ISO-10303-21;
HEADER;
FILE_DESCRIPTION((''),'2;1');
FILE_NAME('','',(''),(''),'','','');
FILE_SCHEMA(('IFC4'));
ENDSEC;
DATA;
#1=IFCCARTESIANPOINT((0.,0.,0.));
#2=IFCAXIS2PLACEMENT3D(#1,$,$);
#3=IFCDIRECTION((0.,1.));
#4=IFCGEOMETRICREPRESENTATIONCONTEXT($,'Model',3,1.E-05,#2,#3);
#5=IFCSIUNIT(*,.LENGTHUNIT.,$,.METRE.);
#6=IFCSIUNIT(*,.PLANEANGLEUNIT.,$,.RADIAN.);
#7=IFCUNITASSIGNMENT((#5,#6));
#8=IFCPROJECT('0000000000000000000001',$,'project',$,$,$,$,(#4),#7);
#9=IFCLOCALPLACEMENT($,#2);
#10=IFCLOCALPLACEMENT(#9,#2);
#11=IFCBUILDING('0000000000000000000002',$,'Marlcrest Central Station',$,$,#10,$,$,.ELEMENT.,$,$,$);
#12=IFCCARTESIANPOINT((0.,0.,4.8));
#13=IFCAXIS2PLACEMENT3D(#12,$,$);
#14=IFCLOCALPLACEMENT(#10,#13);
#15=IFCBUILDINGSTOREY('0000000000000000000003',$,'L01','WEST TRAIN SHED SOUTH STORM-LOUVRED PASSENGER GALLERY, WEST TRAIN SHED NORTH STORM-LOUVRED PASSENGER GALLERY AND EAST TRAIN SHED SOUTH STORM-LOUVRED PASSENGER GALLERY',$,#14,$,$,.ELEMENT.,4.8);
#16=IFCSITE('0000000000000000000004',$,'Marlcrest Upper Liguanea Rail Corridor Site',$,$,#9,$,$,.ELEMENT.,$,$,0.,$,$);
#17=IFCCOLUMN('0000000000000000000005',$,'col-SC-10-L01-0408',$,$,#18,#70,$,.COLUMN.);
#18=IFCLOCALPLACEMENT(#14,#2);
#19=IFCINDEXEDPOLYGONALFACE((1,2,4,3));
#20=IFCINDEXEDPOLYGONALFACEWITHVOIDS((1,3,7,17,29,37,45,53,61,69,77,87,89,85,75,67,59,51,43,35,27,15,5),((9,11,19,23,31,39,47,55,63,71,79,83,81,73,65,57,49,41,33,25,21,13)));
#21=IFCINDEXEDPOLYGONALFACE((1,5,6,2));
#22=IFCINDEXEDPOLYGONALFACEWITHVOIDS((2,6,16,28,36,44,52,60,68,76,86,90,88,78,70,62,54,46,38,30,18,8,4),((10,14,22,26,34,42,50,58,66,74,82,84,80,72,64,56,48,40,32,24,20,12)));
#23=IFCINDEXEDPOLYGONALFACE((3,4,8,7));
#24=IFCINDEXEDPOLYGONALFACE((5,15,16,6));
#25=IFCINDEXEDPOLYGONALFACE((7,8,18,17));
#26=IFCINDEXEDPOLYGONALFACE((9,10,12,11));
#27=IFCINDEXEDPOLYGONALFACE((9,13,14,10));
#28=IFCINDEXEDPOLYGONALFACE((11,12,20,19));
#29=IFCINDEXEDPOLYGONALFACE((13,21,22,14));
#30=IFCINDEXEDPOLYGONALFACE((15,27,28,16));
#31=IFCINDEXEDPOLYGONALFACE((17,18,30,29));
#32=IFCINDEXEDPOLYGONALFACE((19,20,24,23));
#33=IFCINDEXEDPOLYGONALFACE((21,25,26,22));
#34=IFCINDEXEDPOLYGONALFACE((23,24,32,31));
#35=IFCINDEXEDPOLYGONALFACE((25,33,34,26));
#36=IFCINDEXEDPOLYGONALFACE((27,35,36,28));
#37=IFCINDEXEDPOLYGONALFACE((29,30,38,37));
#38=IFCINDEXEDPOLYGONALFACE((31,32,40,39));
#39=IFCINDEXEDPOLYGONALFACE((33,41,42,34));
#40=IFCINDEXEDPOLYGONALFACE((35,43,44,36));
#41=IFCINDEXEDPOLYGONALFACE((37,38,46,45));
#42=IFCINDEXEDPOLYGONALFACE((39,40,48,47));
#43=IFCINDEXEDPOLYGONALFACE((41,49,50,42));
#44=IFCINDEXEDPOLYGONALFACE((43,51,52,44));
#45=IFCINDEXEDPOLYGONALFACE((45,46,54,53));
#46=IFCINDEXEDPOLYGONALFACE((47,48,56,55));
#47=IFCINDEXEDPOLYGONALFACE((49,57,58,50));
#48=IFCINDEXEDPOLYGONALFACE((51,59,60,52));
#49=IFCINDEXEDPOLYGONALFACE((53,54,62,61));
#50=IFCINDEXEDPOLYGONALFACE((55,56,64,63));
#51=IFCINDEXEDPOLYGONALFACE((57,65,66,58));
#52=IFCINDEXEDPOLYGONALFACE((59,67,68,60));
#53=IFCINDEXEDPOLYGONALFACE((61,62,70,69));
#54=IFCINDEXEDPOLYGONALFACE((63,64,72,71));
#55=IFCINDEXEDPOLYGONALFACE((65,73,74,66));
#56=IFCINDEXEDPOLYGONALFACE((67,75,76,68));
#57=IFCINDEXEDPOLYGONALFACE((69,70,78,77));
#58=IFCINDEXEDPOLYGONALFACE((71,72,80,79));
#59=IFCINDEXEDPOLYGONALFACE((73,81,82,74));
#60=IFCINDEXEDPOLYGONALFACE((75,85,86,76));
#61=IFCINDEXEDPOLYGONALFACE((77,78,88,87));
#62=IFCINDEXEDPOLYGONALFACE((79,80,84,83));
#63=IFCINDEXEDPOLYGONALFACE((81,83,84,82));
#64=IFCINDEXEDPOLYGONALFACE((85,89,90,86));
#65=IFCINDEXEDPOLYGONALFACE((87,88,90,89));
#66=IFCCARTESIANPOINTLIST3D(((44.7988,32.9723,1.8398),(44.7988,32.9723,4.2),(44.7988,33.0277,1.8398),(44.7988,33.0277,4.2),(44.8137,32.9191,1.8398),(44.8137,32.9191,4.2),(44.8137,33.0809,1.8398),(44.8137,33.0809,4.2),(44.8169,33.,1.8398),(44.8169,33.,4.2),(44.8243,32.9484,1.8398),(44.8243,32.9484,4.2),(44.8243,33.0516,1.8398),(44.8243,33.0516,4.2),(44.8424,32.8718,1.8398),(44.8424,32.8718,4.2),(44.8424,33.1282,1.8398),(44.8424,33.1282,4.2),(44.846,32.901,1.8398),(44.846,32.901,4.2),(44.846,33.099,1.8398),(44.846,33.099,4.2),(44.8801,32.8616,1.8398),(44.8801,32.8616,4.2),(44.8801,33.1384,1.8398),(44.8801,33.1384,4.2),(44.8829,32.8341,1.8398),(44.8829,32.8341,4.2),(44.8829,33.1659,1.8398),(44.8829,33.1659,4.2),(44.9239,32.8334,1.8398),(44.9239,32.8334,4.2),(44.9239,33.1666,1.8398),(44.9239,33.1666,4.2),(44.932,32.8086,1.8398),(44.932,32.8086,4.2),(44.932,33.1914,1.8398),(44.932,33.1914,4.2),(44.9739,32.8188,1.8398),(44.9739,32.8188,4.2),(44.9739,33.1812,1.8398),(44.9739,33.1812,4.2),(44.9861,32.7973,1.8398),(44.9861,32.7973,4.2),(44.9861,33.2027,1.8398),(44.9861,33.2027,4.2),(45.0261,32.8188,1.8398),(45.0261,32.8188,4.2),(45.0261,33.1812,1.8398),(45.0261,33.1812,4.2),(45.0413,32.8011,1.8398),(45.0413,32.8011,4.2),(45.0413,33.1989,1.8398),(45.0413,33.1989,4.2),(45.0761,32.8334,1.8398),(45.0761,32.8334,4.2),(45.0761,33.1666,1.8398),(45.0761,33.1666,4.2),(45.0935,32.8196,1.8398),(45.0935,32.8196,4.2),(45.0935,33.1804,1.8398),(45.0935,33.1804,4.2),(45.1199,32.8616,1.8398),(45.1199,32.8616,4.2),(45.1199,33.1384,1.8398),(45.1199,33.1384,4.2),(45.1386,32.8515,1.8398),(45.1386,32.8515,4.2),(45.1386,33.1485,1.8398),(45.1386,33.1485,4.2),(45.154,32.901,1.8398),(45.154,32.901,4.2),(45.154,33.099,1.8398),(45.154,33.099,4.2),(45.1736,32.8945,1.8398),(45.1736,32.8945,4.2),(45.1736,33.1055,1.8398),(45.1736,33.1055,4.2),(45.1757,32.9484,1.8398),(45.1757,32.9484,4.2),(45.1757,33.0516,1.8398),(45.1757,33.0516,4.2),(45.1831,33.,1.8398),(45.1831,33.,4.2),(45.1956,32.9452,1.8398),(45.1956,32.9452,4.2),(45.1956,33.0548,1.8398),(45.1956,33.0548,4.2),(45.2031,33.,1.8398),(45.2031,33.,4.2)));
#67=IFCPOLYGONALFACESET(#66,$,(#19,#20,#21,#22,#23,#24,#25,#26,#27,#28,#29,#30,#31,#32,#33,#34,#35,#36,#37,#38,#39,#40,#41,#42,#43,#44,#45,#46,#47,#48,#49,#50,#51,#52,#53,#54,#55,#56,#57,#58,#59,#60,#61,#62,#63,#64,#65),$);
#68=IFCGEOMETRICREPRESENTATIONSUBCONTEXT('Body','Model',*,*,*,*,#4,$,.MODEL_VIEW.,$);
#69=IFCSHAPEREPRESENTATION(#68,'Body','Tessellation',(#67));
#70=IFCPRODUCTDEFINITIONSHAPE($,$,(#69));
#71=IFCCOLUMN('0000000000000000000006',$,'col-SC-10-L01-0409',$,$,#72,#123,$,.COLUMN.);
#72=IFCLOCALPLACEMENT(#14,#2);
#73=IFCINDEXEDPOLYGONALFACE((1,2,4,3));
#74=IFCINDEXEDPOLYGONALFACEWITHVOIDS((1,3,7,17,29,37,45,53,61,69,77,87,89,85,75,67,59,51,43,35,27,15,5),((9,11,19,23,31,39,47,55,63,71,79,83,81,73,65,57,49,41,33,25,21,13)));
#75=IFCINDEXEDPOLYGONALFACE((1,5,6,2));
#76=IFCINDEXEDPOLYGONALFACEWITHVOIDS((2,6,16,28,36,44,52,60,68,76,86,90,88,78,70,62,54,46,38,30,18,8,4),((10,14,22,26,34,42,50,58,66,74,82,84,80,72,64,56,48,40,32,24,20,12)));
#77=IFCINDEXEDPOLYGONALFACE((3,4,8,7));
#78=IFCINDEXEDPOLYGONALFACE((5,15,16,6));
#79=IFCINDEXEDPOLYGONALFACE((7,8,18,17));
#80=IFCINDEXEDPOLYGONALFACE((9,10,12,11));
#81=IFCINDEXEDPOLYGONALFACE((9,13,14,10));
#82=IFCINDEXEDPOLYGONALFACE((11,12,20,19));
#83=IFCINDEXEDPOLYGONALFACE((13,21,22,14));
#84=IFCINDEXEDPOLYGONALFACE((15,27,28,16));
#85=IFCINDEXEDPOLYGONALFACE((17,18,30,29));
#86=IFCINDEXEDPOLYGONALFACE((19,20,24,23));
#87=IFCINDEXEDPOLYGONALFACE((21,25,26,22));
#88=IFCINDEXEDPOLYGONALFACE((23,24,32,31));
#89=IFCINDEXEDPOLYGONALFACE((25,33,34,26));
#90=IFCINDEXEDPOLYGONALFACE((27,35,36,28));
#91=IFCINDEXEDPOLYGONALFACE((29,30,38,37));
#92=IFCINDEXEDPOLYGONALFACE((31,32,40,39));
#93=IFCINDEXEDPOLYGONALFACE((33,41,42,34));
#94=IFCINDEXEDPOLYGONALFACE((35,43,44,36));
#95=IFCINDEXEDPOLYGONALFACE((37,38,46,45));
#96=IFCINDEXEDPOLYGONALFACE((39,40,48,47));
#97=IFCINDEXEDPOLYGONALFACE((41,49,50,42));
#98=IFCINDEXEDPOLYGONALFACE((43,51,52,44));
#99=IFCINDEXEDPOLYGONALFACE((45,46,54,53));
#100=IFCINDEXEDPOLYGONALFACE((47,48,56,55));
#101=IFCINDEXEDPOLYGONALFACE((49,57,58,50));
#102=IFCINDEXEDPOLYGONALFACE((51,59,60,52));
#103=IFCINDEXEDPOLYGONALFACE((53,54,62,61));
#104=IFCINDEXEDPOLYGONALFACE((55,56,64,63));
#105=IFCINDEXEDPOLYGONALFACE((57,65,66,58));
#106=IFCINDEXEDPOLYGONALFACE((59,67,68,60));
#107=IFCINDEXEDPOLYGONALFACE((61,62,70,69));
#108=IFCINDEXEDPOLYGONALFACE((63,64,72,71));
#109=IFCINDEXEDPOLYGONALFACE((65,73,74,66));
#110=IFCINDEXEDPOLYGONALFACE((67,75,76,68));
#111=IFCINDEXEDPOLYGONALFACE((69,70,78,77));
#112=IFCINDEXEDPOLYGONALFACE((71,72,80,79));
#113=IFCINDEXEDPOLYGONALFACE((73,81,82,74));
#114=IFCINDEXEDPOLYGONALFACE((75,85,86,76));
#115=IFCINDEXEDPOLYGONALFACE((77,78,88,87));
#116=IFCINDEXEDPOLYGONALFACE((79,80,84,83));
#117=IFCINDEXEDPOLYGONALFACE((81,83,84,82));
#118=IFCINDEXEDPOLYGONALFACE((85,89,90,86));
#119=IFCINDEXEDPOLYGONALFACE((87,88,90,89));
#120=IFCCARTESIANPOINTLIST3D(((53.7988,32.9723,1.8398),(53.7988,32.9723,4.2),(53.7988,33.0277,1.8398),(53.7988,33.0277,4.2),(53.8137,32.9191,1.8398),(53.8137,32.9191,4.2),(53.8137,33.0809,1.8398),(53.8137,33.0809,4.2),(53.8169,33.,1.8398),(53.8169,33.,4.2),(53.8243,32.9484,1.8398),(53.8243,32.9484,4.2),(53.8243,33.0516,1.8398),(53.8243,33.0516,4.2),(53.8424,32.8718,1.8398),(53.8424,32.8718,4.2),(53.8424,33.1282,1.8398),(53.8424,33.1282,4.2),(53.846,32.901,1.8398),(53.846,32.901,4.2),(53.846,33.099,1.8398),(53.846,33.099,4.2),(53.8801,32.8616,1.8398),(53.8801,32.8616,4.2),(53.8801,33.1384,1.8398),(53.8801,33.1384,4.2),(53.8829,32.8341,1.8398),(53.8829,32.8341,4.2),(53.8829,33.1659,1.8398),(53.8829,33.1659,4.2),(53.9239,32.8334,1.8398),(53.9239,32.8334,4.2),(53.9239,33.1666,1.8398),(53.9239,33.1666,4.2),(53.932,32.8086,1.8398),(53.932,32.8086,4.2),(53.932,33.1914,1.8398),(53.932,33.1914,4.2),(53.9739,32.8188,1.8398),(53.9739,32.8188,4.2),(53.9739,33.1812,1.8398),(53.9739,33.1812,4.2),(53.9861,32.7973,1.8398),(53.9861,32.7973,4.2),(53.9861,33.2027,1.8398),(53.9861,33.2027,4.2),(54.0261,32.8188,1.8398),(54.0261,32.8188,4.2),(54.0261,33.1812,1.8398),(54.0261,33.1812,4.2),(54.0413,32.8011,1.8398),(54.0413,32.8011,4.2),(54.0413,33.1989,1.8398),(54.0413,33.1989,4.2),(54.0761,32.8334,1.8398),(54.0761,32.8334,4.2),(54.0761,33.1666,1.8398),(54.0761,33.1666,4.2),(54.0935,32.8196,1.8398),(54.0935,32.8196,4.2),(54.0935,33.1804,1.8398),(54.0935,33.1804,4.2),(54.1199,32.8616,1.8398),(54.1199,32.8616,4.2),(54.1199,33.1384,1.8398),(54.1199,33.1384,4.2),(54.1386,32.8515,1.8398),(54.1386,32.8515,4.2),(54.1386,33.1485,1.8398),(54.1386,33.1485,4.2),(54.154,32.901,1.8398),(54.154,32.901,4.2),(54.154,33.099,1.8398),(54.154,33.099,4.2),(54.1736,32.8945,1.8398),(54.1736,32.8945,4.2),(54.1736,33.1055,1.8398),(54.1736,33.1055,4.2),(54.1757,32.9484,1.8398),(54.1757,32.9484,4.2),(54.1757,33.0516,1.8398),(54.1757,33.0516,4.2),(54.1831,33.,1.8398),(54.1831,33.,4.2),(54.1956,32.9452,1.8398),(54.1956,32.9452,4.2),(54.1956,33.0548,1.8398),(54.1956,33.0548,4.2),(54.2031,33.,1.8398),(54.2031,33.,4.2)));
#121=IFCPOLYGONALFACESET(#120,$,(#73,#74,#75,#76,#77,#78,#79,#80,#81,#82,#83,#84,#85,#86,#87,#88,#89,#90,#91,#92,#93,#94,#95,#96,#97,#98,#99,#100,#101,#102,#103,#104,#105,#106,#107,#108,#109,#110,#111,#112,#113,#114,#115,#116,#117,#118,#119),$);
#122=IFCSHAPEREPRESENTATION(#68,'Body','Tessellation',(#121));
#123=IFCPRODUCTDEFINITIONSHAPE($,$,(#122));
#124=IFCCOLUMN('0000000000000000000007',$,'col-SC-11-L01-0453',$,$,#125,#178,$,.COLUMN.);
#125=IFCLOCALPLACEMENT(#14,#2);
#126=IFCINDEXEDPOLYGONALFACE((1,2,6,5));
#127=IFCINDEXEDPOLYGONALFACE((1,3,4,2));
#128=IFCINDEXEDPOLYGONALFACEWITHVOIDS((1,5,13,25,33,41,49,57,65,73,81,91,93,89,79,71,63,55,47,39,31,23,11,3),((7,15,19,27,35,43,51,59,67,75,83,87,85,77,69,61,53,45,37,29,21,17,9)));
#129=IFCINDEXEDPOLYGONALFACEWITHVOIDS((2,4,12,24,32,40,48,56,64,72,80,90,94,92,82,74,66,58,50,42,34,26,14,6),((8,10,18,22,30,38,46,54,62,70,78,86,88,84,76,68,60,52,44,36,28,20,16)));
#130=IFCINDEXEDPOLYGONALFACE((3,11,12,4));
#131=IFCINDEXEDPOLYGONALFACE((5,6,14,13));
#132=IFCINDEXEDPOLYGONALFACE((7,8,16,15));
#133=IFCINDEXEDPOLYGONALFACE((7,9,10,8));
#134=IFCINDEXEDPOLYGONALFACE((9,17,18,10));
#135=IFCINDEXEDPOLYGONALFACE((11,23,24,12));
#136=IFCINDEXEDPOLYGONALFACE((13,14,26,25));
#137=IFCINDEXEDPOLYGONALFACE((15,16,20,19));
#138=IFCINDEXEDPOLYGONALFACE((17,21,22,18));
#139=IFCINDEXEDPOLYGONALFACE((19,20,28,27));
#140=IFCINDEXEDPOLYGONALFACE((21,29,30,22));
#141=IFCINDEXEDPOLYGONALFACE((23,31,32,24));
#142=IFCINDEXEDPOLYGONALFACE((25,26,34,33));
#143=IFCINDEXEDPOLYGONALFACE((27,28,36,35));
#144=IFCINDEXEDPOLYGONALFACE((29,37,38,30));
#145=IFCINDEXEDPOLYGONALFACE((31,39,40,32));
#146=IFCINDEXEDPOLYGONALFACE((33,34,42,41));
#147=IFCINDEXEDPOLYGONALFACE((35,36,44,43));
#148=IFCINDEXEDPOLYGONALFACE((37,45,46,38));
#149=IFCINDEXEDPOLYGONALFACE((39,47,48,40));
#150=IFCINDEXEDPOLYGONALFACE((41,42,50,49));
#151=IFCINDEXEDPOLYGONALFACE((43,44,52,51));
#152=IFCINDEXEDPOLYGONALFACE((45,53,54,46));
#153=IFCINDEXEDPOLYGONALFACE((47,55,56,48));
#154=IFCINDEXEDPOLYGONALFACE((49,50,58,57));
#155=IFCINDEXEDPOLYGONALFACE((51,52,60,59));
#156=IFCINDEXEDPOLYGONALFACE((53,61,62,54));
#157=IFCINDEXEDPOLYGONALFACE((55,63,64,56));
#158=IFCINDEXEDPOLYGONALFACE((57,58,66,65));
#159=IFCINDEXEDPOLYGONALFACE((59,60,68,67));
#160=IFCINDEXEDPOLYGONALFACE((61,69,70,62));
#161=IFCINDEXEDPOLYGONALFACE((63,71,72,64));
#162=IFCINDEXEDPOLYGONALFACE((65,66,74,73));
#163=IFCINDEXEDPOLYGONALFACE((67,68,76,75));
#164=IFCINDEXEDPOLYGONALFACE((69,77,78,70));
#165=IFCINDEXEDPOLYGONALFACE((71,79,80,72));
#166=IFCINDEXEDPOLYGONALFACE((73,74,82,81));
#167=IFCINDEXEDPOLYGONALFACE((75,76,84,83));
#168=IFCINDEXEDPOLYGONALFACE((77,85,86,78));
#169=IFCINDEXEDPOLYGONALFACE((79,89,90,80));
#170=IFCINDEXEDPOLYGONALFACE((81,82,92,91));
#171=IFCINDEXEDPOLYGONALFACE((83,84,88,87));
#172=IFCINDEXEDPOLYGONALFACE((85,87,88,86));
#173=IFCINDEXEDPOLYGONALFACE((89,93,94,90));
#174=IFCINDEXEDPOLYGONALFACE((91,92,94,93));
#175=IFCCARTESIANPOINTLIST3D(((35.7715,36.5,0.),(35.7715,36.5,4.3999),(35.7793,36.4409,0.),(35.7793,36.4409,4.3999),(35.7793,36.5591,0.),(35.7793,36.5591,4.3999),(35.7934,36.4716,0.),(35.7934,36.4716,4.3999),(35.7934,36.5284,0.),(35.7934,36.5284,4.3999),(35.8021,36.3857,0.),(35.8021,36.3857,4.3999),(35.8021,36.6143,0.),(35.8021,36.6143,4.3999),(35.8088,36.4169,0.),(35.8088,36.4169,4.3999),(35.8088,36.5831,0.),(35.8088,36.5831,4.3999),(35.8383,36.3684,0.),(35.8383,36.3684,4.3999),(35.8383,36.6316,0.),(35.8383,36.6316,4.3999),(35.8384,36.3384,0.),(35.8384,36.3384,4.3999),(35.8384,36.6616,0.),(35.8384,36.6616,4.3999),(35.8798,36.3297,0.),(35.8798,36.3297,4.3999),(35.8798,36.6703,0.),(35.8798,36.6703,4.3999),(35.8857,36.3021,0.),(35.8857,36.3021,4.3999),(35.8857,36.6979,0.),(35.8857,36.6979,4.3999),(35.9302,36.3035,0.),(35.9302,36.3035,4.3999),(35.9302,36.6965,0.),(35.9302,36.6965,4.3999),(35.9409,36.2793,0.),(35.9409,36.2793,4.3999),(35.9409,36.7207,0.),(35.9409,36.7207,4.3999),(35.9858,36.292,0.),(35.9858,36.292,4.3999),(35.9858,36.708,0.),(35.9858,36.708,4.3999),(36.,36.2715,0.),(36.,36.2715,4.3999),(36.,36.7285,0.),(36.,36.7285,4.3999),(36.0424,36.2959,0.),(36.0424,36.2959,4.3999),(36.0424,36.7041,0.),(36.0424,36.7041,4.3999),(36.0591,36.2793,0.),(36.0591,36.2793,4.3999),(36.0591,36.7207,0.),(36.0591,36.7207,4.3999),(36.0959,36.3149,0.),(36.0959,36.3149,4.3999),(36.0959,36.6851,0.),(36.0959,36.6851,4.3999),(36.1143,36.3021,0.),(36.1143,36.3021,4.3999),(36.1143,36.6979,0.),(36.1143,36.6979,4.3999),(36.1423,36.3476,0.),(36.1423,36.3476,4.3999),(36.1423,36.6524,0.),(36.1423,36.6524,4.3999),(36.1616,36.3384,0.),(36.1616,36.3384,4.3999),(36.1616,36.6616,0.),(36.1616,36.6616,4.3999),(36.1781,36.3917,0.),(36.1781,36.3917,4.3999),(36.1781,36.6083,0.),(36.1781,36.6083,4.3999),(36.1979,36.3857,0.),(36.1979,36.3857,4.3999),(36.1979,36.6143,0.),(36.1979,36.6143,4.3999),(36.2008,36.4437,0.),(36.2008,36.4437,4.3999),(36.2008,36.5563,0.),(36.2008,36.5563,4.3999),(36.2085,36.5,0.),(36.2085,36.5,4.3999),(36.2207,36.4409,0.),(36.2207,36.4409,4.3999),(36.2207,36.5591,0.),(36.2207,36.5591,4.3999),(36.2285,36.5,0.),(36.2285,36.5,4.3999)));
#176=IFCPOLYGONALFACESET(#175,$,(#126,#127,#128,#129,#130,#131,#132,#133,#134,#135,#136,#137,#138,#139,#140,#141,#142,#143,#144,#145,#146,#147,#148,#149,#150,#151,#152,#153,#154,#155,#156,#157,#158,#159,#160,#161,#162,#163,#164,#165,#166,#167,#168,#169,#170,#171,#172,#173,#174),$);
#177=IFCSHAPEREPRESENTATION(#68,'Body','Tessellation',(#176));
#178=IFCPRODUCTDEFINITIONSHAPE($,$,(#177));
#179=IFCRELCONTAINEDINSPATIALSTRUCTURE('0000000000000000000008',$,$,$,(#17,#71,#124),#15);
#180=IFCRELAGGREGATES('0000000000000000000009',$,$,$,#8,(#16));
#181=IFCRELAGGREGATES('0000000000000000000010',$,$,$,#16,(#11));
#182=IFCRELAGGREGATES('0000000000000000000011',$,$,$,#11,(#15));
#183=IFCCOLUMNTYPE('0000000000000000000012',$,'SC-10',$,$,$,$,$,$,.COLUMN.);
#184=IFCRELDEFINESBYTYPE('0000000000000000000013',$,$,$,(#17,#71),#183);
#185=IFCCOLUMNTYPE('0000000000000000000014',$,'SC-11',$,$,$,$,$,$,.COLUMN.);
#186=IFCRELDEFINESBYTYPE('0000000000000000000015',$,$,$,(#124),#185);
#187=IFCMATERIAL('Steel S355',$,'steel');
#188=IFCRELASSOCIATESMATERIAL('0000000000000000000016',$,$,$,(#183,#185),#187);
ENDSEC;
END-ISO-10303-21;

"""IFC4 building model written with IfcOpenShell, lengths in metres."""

from ifc_helpers import new_model, si_unit, direction, frame, origin, origin_2d, place, context, subcontext, project, spatial, hollow_circle, extrude, material, material_profile, profile_set, type_object, element, save


model = new_model("IFC4")

# Units and contexts
model_context = context("Model", 3, precision=1e-05, world=origin(), true_north=direction((0.0, 1.0)))
body_context = subcontext(model_context, "Body", "Model", "MODEL_VIEW")
ifc_project = project(units=[si_unit("LENGTHUNIT", "METRE"), si_unit("PLANEANGLEUNIT", "RADIAN")], contexts=[model_context])

# Site, building, storey
site_placement = place(None, origin())
site = spatial("IfcSite", under=ifc_project, at=site_placement, Name="Marlcrest Upper Liguanea Rail Corridor Site", CompositionType="ELEMENT", RefElevation=0.0)
building_placement = place(site_placement, origin())
building = spatial("IfcBuilding", under=site, at=building_placement, Name="Marlcrest Central Station", CompositionType="ELEMENT")
storey_placement = place(building_placement, frame((0.0, 0.0, 4.8)))
storey = spatial("IfcBuildingStorey", under=building, at=storey_placement, Name="L01", Description="WEST TRAIN SHED SOUTH STORM-LOUVRED PASSENGER GALLERY, WEST TRAIN SHED NORTH STORM-LOUVRED PASSENGER GALLERY AND EAST TRAIN SHED SOUTH STORM-LOUVRED PASSENGER GALLERY", CompositionType="ELEMENT", Elevation=4.8)

# Columns
ifc_material_1 = material(Name="Steel S355", Category="steel")
ifc_material_profile_1 = material_profile(ifc_material_1, hollow_circle(Radius=0.2031, WallThickness=0.02, at=origin_2d()), Name="CHS 406.4x20")
ifc_profile_set_1 = profile_set([ifc_material_profile_1], Name="Steel S355")
column_type_1 = type_object("IfcColumnType", Name="SC-10", PredefinedType="COLUMN", material=ifc_profile_set_1)
for number, where, z_axis, x_axis, name in (
    (1, (45.0, 33.0, 1.8398), (0.0, 0.0, 1.0), (1.0, 0.0, 0.0), "col-SC-10-L01-0408"),
    (2, (54.0, 33.0, 1.8398), (0.0, 0.0, 1.0), (1.0, 0.0, 0.0), "col-SC-10-L01-0409"),
):
    element("IfcColumn", number, at=place(storey_placement, frame(where, z_axis=z_axis, x_axis=x_axis)), inside=storey, type_object=column_type_1, Name=name, PredefinedType="COLUMN", context=body_context, shape_type="SweptSolid", body=[
        extrude(hollow_circle(Radius=0.2031, WallThickness=0.02, at=origin_2d()), origin(), (0.0, 0.0, 1.0), 2.3601),
    ])
ifc_material_profile_2 = material_profile(ifc_material_1, hollow_circle(Radius=0.2285, WallThickness=0.02, at=origin_2d()), Name="CHS 457x20")
ifc_profile_set_2 = profile_set([ifc_material_profile_2], Name="Steel S355")
column_type_2 = type_object("IfcColumnType", Name="SC-11", PredefinedType="COLUMN", material=ifc_profile_set_2)
column_1_placement = place(storey_placement, frame((36.0, 36.5, 0.0), z_axis=(0.0, 0.0, 1.0), x_axis=(1.0, 0.0, 0.0)))
element("IfcColumn", 3, at=column_1_placement, inside=storey, type_object=column_type_2, Name="col-SC-11-L01-0453", PredefinedType="COLUMN", context=body_context, shape_type="SweptSolid", body=[
    extrude(hollow_circle(Radius=0.2285, WallThickness=0.02, at=origin_2d()), origin(), (0.0, 0.0, 1.0), 4.3999),
])

save(model, "model.ifc")
